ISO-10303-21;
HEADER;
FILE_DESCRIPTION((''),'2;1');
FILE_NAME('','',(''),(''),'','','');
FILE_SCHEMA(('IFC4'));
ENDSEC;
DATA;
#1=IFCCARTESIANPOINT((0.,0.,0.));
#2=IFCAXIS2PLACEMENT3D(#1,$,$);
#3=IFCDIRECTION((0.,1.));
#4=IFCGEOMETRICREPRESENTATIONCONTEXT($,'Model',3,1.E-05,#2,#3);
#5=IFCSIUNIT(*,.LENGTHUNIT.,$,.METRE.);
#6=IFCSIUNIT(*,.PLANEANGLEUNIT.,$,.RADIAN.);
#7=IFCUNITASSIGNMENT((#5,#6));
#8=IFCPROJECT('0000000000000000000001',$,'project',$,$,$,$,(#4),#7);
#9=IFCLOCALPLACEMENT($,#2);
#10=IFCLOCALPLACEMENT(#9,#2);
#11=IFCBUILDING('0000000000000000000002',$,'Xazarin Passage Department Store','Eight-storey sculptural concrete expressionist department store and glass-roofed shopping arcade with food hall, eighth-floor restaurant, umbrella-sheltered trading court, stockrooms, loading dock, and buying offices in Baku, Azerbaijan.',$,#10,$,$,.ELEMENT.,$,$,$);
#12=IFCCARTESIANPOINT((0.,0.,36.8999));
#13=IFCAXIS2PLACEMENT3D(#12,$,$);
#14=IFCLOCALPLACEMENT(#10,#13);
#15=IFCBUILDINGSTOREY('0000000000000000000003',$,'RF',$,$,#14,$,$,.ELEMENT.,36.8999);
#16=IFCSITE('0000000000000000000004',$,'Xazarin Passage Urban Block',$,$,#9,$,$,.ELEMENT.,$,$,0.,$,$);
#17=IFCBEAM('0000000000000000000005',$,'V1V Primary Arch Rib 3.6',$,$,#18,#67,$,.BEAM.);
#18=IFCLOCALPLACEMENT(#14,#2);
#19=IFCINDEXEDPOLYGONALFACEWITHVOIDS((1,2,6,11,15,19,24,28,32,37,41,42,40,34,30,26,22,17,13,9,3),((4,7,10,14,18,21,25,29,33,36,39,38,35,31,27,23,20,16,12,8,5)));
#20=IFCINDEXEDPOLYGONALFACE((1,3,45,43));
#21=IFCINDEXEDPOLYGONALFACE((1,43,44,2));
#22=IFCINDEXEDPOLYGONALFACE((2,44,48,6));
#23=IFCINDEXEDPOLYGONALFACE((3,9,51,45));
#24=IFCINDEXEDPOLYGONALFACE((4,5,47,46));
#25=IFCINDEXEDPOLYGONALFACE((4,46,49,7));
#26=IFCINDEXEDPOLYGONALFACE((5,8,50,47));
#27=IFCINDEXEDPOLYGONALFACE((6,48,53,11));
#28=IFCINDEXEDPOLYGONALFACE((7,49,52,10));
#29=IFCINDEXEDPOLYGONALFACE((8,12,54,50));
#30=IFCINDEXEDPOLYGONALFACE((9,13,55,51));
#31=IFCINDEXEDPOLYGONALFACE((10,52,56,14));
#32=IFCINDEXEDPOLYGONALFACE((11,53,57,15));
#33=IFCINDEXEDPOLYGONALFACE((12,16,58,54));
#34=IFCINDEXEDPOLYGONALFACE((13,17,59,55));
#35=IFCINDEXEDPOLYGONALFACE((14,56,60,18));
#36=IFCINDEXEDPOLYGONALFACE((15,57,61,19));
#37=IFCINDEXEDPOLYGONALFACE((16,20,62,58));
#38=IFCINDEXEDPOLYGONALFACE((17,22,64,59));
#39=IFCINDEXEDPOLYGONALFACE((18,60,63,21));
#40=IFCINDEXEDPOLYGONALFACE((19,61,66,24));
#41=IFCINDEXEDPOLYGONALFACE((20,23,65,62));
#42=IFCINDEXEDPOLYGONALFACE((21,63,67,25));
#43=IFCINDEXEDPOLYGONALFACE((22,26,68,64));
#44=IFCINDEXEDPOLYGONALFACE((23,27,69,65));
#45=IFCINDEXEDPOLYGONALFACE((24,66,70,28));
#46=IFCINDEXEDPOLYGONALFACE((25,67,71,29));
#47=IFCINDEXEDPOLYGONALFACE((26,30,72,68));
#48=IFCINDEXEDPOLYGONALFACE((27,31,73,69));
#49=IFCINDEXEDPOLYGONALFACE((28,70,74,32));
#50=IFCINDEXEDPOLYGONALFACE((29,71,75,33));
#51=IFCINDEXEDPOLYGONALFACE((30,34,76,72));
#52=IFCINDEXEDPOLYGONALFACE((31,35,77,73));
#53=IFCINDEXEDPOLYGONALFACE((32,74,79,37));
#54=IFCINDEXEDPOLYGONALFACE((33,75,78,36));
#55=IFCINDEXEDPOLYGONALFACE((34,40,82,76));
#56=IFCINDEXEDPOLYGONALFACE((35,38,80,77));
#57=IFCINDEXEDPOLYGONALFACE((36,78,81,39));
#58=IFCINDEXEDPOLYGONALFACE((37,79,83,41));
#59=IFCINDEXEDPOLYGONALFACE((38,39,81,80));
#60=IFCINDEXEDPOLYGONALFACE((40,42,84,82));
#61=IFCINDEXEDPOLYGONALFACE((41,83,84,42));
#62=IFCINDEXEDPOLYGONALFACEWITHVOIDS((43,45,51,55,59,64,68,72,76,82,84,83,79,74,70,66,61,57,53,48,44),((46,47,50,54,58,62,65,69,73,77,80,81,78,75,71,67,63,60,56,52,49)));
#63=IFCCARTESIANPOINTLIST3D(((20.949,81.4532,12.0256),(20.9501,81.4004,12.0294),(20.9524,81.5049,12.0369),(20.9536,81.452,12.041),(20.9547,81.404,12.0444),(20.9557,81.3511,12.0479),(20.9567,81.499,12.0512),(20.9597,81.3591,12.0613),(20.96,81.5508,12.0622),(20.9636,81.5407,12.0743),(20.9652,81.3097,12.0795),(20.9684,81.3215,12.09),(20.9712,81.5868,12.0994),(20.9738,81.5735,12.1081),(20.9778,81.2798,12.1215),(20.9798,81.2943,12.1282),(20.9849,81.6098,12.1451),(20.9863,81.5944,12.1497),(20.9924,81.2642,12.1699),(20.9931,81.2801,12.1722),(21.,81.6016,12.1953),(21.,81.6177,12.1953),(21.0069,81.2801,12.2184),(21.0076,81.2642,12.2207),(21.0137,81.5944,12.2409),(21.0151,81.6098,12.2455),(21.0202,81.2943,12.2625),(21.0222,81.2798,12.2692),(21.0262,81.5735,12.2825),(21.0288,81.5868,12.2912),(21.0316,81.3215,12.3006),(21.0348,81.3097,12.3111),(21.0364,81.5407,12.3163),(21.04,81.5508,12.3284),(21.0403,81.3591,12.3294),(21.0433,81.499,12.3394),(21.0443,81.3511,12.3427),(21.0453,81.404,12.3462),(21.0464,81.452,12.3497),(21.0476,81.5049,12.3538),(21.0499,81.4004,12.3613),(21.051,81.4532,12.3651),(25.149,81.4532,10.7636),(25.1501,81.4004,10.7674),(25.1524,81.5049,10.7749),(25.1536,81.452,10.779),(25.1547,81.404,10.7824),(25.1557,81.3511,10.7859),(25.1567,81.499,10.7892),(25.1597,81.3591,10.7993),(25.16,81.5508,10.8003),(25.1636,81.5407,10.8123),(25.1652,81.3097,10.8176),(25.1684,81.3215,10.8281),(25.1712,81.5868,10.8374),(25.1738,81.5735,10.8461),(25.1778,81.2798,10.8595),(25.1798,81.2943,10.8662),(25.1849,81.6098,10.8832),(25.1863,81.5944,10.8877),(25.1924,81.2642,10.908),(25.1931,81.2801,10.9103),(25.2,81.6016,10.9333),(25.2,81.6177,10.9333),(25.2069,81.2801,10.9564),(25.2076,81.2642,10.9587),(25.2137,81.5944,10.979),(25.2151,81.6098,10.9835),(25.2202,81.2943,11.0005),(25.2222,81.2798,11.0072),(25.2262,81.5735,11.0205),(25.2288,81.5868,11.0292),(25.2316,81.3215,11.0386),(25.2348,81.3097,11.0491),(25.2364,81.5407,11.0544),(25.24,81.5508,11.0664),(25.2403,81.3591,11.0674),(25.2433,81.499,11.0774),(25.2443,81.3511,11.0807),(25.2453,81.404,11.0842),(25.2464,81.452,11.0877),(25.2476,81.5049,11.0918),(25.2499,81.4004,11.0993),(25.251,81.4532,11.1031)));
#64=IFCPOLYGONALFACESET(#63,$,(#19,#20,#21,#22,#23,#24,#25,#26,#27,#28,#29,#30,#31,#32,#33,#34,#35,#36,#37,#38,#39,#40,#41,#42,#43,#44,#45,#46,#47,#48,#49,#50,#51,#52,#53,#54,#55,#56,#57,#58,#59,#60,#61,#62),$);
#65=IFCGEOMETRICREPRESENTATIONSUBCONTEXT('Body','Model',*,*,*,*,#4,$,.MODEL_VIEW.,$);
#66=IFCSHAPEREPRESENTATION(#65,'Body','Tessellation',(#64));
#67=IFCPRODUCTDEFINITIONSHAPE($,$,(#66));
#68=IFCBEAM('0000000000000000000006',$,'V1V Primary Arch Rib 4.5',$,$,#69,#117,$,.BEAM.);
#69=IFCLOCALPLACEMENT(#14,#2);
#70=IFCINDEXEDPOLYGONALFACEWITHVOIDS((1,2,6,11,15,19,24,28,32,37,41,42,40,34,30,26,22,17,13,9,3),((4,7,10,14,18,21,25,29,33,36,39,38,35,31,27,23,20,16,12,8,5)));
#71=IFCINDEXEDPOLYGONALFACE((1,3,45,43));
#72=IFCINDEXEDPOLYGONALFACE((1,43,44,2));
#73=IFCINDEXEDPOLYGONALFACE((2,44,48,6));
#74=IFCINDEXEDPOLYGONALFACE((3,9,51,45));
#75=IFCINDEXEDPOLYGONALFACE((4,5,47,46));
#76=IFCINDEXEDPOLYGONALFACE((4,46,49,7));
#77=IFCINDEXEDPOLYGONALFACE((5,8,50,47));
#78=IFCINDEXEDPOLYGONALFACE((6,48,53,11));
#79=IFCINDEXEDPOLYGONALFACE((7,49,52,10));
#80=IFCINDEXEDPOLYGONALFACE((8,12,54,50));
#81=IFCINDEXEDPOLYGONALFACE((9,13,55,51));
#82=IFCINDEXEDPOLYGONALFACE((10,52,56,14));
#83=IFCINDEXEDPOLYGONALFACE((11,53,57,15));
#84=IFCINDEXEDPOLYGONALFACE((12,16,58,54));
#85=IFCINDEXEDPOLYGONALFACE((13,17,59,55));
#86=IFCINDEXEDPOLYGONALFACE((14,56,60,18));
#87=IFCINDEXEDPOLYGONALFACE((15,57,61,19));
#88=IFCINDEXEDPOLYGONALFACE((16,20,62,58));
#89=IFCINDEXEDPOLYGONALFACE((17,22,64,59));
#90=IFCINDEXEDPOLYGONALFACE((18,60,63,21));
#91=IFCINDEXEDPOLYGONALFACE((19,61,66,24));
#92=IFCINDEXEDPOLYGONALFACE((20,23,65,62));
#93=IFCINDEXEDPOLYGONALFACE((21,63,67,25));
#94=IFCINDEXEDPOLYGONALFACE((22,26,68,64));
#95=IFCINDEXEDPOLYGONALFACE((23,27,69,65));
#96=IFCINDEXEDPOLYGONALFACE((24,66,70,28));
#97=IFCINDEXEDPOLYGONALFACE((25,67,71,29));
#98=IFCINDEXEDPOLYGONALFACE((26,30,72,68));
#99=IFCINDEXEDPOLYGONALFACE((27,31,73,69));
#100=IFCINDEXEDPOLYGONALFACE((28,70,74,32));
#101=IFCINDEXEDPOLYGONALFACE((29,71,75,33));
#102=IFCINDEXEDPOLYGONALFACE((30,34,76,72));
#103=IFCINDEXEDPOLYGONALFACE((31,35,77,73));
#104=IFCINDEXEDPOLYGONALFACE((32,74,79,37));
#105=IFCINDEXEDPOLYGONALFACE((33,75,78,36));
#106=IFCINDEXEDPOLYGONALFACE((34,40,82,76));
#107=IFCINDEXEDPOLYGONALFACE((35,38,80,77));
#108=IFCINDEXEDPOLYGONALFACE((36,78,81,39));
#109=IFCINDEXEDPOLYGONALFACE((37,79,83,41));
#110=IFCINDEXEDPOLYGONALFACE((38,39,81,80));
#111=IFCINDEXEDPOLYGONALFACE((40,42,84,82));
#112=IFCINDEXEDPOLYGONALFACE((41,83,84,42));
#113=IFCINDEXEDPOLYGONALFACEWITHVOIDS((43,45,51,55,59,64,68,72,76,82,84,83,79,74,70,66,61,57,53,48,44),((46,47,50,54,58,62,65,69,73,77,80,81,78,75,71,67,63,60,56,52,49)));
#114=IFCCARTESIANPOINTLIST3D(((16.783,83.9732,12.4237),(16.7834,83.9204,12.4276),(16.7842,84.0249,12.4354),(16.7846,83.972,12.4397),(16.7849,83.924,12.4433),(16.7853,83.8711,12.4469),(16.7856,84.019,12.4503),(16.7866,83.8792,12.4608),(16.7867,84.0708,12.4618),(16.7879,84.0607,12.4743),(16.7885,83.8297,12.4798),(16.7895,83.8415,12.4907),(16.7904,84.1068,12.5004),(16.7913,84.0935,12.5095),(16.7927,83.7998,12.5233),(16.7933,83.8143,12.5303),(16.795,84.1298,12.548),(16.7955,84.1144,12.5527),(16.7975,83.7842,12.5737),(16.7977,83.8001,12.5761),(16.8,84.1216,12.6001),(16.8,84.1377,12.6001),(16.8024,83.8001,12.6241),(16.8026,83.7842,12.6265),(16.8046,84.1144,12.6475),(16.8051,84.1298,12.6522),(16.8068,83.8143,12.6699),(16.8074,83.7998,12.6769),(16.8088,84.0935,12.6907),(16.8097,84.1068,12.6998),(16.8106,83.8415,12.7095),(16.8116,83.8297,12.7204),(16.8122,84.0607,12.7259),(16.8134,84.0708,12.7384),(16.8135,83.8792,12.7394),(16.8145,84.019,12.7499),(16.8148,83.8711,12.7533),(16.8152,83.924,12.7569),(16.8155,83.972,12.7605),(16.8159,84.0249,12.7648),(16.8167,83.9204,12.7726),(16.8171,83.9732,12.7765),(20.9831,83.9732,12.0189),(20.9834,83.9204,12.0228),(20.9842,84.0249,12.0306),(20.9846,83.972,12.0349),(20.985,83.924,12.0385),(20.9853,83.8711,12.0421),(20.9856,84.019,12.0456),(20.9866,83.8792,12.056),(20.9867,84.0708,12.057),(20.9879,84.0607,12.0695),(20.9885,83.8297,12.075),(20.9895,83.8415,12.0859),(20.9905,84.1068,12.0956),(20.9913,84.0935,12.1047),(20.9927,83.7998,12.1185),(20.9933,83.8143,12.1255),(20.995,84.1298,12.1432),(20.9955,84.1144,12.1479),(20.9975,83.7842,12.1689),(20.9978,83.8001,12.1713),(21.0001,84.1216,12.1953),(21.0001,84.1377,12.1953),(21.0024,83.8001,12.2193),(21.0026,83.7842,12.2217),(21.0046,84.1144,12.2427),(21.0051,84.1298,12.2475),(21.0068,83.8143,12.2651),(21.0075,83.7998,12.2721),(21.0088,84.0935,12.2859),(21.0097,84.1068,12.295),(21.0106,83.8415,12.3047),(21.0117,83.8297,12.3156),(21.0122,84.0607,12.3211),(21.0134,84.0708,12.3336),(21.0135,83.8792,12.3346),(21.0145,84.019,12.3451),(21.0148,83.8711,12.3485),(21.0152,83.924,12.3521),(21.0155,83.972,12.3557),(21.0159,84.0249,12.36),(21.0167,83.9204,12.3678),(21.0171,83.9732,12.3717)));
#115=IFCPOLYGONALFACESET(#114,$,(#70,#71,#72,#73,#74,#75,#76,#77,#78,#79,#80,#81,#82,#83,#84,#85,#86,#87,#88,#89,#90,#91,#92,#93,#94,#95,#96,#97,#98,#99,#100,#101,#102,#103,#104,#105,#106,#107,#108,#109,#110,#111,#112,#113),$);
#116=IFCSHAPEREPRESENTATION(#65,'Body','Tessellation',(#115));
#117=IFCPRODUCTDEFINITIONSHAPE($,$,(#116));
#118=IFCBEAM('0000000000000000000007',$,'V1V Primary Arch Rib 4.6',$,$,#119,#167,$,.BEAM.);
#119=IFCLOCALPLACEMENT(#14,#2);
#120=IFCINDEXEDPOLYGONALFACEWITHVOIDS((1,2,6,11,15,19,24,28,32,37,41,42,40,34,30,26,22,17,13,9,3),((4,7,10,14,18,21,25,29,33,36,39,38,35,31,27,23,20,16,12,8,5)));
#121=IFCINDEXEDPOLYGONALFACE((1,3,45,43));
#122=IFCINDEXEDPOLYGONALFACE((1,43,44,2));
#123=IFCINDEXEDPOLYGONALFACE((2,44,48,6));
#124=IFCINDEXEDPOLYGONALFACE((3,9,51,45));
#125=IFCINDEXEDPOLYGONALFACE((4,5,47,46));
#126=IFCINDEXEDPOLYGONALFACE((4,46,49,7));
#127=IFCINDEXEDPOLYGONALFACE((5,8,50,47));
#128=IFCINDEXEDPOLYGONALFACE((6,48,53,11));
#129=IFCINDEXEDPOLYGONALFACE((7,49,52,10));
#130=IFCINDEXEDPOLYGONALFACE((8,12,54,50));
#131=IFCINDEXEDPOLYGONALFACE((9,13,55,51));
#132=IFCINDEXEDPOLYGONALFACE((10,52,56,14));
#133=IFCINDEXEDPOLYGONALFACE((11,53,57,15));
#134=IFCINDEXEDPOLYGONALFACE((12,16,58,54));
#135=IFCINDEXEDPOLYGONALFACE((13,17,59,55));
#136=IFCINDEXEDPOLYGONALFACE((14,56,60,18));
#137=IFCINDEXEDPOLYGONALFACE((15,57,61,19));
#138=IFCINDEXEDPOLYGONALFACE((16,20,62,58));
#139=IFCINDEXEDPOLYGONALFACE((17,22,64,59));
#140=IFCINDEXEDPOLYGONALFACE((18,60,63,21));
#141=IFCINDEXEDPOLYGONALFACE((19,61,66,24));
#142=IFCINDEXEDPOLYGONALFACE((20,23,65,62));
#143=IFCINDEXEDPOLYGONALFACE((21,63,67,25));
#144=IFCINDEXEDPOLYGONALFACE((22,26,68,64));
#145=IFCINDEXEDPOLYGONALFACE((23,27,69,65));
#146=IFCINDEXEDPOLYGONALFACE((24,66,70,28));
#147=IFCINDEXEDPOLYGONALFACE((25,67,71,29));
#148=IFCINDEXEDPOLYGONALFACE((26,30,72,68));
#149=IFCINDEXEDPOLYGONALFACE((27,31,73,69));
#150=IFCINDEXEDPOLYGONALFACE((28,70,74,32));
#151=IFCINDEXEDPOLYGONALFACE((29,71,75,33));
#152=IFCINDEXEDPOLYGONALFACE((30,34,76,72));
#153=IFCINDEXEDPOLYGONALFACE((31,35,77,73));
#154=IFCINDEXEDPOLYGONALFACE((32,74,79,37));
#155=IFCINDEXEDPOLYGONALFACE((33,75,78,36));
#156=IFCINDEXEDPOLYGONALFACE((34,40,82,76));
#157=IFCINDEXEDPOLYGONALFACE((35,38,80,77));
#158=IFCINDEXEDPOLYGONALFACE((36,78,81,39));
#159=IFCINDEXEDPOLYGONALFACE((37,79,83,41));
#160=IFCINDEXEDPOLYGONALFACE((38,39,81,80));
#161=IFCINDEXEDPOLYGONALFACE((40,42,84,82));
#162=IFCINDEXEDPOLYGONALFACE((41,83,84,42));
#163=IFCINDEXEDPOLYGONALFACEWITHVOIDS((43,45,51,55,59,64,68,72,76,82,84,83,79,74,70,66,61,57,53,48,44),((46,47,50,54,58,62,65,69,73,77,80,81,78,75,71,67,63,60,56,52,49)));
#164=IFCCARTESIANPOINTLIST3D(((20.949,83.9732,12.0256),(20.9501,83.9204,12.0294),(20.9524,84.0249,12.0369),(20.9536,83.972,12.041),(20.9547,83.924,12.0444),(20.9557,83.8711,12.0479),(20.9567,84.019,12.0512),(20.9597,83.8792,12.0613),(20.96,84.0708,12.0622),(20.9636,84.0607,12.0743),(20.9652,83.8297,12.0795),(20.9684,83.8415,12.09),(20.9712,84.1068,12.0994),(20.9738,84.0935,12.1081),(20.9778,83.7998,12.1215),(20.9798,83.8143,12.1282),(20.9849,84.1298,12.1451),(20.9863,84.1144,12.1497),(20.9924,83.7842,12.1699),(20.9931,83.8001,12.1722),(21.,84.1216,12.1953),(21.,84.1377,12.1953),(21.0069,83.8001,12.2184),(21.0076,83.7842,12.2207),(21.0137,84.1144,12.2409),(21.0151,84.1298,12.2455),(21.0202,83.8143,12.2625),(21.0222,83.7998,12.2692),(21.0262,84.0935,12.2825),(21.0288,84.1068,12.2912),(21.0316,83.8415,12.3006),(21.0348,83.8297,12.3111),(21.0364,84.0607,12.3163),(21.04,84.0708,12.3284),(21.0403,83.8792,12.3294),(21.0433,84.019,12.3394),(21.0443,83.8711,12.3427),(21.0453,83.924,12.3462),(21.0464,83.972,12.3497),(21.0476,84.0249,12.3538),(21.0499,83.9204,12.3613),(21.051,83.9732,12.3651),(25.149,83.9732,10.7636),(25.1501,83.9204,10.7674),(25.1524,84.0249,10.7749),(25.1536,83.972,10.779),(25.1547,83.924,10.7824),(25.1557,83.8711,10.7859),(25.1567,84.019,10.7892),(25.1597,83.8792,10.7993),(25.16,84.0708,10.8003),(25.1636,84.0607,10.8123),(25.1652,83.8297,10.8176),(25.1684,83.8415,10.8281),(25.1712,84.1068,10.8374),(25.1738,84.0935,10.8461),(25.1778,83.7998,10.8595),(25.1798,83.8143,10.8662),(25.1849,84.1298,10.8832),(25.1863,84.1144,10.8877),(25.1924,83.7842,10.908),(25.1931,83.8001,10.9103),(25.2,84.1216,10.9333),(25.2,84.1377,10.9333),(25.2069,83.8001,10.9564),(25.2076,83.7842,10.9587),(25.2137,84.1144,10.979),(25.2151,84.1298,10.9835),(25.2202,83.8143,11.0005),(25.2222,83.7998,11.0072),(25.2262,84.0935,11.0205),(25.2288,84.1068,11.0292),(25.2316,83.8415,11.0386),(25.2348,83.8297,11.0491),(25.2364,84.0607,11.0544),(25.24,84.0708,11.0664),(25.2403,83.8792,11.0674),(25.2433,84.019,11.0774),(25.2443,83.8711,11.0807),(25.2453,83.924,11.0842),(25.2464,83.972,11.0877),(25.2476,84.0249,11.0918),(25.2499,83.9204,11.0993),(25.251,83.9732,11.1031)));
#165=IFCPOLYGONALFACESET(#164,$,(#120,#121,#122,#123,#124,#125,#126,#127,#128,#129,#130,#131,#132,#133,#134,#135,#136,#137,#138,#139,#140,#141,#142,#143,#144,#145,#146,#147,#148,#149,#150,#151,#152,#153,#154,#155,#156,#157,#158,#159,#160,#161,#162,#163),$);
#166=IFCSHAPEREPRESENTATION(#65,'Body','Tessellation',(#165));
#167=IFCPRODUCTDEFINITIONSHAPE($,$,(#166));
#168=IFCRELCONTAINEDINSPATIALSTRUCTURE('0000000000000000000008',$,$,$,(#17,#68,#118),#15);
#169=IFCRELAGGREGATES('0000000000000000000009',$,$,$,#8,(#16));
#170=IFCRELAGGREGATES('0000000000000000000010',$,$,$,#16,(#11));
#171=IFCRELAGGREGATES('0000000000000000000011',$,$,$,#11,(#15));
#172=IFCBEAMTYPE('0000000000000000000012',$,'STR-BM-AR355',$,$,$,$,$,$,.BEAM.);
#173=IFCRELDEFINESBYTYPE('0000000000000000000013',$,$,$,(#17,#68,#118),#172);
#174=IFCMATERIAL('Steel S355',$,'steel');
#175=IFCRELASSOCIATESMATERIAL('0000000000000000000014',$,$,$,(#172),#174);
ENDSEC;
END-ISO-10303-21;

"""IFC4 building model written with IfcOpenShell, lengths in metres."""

from ifc_helpers import new_model, si_unit, direction, frame, origin, origin_2d, place, context, subcontext, project, spatial, hollow_circle, extrude, material, material_profile, profile_set, type_object, element, save


model = new_model("IFC4")

# Units and contexts
model_context = context("Model", 3, precision=1e-05, world=origin(), true_north=direction((0.0, 1.0)))
body_context = subcontext(model_context, "Body", "Model", "MODEL_VIEW")
ifc_project = project(units=[si_unit("LENGTHUNIT", "METRE"), si_unit("PLANEANGLEUNIT", "RADIAN")], contexts=[model_context])

# Site, building, storey
site_placement = place(None, origin())
site = spatial("IfcSite", under=ifc_project, at=site_placement, Name="Xazarin Passage Urban Block", CompositionType="ELEMENT", RefElevation=0.0)
building_placement = place(site_placement, origin())
building = spatial("IfcBuilding", under=site, at=building_placement, Name="Xazarin Passage Department Store", Description="Eight-storey sculptural concrete expressionist department store and glass-roofed shopping arcade with food hall, eighth-floor restaurant, umbrella-sheltered trading court, stockrooms, loading dock, and buying offices in Baku, Azerbaijan.", CompositionType="ELEMENT")
storey_placement = place(building_placement, frame((0.0, 0.0, 36.8999)))
storey = spatial("IfcBuildingStorey", under=building, at=storey_placement, Name="RF", CompositionType="ELEMENT", Elevation=36.8999)

# Beams
ifc_material_1 = material(Name="Steel S355", Category="steel")
ifc_material_profile_1 = material_profile(ifc_material_1, hollow_circle(Radius=0.1777, WallThickness=0.0161, at=origin_2d()), Name="CHS 355.6x16")
ifc_profile_set_1 = profile_set([ifc_material_profile_1], Name="Steel S355")
beam_type_1 = type_object("IfcBeamType", Name="STR-BM-AR355", PredefinedType="BEAM", material=ifc_profile_set_1)
beam_1_placement = place(storey_placement, frame((21.0, 81.4399, 12.1953), z_axis=(0.957702, 0.0, -0.287762), x_axis=(0.0, 1.0, 0.0)))
element("IfcBeam", 1, at=beam_1_placement, inside=storey, type_object=beam_type_1, Name="V1V Primary Arch Rib 3.6", PredefinedType="BEAM", context=body_context, shape_type="SweptSolid", body=[
    extrude(hollow_circle(Radius=0.1777, WallThickness=0.0161, at=origin_2d()), origin(), (0.0, 0.0, 1.0), 4.3855),
])
beam_2_placement = place(storey_placement, frame((16.8, 83.96, 12.6001), z_axis=(0.995388, 0.0, -0.095934), x_axis=(0.0, 1.0, 0.0)))
element("IfcBeam", 2, at=beam_2_placement, inside=storey, type_object=beam_type_1, Name="V1V Primary Arch Rib 4.5", PredefinedType="BEAM", context=body_context, shape_type="SweptSolid", body=[
    extrude(hollow_circle(Radius=0.1777, WallThickness=0.0161, at=origin_2d()), origin(), (0.0, 0.0, 1.0), 4.2195),
])
beam_3_placement = place(storey_placement, frame((21.0, 83.96, 12.1953), z_axis=(0.957702, 0.0, -0.287762), x_axis=(0.0, 1.0, 0.0)))
element("IfcBeam", 3, at=beam_3_placement, inside=storey, type_object=beam_type_1, Name="V1V Primary Arch Rib 4.6", PredefinedType="BEAM", context=body_context, shape_type="SweptSolid", body=[
    extrude(hollow_circle(Radius=0.1777, WallThickness=0.0161, at=origin_2d()), origin(), (0.0, 0.0, 1.0), 4.3855),
])

save(model, "model.ifc")
